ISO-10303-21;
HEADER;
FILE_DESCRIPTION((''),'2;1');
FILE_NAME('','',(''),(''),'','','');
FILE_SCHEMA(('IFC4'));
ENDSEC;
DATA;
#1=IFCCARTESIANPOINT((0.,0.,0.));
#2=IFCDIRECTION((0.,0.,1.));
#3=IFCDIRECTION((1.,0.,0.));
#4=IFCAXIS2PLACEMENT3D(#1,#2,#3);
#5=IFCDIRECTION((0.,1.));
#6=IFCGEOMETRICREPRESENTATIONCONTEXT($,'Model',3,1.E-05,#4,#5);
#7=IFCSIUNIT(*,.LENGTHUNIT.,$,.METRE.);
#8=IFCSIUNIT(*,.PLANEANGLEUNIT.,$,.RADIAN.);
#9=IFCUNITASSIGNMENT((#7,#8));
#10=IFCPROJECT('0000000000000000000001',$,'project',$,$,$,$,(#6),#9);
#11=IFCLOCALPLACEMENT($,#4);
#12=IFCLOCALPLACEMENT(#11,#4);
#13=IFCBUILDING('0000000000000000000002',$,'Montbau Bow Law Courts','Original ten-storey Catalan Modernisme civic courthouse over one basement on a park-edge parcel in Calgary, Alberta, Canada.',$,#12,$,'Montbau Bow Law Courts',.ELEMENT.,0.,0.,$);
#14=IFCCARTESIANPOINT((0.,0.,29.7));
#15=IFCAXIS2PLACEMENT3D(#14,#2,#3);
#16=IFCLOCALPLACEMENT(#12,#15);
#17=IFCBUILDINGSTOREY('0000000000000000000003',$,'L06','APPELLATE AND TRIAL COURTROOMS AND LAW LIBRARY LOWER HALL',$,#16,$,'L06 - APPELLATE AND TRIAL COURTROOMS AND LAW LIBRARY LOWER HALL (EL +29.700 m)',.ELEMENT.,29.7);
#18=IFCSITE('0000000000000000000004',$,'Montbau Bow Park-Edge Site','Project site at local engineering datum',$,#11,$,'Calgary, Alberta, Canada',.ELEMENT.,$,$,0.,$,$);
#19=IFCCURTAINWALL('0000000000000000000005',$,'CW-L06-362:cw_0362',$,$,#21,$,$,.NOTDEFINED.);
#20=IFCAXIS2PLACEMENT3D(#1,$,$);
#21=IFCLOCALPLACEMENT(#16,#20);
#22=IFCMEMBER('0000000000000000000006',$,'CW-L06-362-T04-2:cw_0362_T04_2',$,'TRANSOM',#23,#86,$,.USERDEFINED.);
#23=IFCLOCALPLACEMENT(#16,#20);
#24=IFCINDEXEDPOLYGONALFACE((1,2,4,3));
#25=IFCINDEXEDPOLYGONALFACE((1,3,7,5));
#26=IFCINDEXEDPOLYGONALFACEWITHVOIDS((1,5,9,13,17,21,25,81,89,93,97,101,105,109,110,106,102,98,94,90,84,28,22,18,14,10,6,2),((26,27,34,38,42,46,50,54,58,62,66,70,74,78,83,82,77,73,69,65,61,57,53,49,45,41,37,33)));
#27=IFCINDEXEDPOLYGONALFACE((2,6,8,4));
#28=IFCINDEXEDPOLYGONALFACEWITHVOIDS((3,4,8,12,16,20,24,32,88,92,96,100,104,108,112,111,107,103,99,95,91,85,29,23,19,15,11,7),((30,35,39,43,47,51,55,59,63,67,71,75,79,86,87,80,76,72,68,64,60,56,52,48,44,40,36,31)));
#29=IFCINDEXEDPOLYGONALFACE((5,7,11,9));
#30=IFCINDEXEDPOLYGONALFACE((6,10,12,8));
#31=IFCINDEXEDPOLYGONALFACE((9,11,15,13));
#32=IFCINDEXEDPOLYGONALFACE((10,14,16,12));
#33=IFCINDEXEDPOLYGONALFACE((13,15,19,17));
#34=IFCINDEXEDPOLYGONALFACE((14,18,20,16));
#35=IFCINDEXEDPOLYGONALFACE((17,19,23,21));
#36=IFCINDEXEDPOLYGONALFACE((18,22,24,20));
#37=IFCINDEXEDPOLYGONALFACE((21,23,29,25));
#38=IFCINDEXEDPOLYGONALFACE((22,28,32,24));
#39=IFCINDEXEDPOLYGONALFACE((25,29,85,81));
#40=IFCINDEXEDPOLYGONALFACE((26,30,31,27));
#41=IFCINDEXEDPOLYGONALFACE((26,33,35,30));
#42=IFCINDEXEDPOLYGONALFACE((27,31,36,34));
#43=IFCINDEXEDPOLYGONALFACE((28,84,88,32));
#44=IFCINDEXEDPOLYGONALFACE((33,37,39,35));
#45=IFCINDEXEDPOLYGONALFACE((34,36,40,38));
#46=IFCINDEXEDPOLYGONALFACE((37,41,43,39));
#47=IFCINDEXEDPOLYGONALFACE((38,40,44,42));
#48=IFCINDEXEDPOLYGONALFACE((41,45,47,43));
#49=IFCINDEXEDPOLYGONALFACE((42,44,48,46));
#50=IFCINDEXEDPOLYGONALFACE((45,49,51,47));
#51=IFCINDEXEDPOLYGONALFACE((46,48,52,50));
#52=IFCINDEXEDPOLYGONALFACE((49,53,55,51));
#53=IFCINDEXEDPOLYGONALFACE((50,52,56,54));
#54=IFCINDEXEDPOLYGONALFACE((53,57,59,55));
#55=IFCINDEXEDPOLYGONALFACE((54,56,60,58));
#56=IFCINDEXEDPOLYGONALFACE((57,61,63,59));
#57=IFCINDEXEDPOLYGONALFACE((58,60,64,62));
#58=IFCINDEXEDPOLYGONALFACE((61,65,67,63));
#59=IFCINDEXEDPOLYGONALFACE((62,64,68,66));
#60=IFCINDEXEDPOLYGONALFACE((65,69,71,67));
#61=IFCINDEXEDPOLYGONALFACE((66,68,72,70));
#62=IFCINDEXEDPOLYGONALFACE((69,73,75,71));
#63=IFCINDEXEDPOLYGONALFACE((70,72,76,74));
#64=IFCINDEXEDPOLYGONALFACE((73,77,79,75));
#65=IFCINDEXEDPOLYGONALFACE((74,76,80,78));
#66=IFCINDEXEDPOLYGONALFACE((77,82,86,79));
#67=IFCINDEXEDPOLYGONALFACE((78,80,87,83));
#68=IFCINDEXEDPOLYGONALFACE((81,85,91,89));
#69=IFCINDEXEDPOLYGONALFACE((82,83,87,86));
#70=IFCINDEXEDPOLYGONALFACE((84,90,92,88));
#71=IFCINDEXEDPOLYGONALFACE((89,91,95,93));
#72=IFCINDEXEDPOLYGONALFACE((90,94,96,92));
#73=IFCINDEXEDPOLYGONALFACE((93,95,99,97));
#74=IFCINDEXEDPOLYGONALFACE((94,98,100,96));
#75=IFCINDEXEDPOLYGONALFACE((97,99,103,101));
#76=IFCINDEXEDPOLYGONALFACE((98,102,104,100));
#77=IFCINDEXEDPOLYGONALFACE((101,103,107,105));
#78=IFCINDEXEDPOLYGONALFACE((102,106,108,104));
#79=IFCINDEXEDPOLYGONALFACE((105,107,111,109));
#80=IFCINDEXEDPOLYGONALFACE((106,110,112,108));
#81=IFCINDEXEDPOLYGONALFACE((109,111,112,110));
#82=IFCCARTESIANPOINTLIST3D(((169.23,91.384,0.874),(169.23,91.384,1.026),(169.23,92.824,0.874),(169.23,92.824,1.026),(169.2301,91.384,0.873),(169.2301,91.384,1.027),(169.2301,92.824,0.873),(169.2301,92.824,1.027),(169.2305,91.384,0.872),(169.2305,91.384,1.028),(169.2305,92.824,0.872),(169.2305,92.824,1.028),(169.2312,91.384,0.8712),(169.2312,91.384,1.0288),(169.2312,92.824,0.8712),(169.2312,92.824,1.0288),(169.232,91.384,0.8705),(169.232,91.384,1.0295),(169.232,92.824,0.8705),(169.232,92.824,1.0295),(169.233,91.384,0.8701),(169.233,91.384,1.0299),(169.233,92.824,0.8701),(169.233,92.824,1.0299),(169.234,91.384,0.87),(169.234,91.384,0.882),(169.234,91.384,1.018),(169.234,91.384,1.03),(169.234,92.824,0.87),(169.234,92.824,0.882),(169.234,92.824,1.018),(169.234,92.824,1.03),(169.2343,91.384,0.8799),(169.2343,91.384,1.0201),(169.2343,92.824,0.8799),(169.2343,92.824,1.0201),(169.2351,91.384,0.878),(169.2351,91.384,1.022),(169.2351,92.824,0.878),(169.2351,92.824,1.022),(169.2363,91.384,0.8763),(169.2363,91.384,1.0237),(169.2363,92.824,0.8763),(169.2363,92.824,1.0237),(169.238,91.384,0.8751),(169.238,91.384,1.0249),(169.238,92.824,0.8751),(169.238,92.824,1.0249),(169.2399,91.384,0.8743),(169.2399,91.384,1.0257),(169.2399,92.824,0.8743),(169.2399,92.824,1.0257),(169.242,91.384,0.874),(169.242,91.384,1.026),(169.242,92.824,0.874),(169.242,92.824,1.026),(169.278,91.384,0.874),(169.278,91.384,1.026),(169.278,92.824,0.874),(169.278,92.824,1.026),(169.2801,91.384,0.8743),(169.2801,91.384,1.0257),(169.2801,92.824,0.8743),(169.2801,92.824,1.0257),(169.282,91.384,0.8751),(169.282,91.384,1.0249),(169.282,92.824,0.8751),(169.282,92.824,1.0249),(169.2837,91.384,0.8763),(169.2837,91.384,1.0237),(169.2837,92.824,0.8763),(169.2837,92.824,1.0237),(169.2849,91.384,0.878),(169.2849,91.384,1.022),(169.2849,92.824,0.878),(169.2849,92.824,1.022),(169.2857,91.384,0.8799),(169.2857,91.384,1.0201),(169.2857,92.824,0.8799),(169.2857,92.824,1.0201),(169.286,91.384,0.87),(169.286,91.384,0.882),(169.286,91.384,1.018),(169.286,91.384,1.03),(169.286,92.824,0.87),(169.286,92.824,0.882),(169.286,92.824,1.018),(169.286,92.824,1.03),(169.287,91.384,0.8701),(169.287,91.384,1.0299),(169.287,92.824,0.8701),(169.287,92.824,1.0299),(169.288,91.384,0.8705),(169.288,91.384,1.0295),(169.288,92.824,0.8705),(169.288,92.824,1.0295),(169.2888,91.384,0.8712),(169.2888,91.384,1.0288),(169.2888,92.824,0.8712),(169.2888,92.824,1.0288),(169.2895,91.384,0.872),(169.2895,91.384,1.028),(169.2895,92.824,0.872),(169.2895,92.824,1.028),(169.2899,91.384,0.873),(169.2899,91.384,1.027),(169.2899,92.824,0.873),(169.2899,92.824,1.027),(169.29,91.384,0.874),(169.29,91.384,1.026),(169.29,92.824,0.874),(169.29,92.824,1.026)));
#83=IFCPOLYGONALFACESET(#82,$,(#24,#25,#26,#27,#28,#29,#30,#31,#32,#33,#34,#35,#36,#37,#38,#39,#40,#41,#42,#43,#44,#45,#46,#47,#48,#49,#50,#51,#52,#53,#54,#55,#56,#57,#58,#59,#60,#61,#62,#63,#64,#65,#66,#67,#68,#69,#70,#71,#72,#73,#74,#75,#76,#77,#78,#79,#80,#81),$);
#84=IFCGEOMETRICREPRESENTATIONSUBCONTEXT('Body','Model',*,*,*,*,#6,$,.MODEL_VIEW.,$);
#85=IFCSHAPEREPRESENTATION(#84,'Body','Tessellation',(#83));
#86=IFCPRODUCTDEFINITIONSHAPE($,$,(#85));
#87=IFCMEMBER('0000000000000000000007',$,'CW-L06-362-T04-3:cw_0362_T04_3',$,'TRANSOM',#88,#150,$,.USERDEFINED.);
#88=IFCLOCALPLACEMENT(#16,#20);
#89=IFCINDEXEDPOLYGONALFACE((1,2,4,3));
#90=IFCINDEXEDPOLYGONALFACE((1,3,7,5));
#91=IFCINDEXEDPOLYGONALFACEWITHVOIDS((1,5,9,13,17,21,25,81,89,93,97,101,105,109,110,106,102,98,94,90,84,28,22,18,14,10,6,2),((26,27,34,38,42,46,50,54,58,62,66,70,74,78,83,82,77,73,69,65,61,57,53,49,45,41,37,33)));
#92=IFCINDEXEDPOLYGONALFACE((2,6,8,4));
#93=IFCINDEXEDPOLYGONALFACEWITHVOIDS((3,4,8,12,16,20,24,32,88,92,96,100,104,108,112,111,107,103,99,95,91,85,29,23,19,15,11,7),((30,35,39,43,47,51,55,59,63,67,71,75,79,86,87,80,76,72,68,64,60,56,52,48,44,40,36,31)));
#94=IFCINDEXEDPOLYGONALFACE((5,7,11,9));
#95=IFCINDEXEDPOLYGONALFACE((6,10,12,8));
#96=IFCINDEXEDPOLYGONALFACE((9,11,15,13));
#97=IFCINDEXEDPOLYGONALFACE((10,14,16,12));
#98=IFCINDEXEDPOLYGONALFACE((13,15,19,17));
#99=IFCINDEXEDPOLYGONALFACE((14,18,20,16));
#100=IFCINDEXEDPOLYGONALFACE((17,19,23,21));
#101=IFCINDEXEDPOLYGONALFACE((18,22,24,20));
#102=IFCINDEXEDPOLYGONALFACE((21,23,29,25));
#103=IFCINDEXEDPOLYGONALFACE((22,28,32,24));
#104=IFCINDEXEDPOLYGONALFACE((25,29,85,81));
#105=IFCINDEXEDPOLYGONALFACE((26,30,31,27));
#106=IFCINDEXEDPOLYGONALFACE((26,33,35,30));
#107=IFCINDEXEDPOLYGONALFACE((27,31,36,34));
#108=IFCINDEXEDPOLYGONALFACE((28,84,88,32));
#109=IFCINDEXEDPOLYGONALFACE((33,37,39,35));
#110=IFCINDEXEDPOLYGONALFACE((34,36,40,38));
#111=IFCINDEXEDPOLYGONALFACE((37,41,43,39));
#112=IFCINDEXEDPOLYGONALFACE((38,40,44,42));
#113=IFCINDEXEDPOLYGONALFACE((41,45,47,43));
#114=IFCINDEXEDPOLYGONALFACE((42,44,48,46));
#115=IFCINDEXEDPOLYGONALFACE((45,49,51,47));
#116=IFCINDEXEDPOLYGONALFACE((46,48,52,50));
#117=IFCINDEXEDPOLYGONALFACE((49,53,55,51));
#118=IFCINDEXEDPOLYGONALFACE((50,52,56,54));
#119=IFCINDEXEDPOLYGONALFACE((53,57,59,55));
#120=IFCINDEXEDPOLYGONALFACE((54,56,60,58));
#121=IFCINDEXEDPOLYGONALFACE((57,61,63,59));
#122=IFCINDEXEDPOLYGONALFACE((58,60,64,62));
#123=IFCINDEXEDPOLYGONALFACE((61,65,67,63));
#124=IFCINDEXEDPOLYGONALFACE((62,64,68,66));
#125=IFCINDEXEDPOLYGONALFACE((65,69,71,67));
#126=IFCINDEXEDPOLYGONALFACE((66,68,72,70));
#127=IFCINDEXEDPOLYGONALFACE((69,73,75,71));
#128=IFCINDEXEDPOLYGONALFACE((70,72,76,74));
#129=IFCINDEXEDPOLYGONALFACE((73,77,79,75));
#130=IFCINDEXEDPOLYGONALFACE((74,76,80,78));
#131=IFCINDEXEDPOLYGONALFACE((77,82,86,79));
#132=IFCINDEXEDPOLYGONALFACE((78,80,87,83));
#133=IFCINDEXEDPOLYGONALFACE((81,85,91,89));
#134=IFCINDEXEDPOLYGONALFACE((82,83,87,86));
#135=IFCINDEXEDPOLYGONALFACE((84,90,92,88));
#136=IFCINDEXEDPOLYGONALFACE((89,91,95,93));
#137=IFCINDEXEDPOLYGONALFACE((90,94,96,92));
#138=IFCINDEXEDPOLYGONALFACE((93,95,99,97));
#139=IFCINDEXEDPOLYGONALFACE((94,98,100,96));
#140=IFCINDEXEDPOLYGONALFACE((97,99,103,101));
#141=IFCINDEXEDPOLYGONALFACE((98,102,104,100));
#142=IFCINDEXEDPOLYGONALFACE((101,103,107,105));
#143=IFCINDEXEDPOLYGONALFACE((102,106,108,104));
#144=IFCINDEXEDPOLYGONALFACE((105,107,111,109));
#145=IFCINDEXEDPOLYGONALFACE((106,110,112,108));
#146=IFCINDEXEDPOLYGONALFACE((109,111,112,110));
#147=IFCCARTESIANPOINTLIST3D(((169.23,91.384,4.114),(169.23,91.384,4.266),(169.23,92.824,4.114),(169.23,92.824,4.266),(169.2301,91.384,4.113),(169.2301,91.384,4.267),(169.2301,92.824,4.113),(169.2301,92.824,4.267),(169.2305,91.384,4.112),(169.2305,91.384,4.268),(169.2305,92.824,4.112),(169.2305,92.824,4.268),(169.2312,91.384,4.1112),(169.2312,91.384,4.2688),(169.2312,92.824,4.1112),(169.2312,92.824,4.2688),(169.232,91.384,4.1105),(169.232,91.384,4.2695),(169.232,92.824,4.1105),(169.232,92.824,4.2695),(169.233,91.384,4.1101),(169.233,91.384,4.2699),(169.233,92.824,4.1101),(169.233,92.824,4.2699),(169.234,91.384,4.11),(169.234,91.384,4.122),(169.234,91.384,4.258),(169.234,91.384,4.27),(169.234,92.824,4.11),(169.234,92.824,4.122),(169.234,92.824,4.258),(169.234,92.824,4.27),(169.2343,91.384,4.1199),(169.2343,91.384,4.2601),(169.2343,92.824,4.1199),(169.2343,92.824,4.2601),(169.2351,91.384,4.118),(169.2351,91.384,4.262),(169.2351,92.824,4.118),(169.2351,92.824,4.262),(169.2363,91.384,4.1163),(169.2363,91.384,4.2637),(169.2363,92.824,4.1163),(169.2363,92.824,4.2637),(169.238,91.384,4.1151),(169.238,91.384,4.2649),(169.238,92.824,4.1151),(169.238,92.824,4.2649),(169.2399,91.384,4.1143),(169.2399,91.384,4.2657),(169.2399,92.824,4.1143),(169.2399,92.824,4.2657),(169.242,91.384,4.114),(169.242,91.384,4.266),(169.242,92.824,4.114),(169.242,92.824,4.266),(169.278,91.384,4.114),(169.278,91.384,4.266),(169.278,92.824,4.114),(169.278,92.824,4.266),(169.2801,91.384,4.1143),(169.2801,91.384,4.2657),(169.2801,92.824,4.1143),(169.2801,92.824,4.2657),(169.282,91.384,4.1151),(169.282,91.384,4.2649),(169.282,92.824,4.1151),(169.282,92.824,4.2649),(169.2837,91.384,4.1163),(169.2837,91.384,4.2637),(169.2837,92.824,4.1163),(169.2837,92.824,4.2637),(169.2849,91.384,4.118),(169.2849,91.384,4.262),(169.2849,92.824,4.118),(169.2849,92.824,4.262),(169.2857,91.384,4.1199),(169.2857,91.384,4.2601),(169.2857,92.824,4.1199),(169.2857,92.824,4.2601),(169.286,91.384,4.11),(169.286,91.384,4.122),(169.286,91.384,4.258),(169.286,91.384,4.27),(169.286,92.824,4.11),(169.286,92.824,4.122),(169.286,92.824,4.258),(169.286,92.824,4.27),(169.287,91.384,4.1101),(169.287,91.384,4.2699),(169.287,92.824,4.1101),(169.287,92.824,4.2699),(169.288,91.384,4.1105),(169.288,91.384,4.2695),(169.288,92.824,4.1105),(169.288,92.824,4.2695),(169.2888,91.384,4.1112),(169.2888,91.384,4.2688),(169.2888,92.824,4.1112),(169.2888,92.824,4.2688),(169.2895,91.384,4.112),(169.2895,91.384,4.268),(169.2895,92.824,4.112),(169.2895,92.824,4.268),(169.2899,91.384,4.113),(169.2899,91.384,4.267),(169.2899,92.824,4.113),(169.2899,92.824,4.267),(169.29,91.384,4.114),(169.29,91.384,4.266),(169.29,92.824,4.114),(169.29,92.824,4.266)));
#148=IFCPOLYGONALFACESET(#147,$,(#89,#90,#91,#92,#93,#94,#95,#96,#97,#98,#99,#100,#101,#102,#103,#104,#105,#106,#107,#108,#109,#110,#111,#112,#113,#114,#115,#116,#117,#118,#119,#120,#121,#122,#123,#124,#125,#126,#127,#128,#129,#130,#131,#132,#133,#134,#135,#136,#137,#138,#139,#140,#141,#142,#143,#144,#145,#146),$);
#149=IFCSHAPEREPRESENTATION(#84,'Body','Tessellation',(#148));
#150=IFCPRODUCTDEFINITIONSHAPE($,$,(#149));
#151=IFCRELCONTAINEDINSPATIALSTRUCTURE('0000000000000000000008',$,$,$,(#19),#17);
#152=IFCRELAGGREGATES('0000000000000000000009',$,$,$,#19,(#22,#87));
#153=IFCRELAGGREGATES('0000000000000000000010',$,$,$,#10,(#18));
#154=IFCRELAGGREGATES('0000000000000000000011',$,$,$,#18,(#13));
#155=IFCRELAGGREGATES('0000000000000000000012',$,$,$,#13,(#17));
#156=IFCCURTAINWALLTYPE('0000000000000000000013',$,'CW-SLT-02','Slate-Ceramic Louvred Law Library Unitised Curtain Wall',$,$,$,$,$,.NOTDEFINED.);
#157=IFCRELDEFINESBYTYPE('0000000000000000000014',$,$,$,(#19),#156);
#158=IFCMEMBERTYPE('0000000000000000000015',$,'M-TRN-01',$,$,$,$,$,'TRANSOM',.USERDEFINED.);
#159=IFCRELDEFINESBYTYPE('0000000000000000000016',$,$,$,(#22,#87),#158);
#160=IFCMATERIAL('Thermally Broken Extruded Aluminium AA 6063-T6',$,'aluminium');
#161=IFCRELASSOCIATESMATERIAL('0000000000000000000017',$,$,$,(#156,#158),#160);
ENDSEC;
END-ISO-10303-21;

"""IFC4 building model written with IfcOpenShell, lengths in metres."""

from ifc_helpers import new_model, si_unit, direction, frame, origin_with_axes, origin_2d_with_axis, place, context, subcontext, project, spatial, hollow_rectangle, extrude, material, material_profile, profile_set, type_object, element, aggregate, save


model = new_model("IFC4")

# Units and contexts
model_context = context("Model", 3, precision=1e-05, world=origin_with_axes(), true_north=direction((0.0, 1.0)))
body_context = subcontext(model_context, "Body", "Model", "MODEL_VIEW")
ifc_project = project(units=[si_unit("LENGTHUNIT", "METRE"), si_unit("PLANEANGLEUNIT", "RADIAN")], contexts=[model_context])

# Site, building, storey
site_placement = place(None, origin_with_axes())
site = spatial("IfcSite", under=ifc_project, at=site_placement, Name="Montbau Bow Park-Edge Site", Description="Project site at local engineering datum", LongName="Calgary, Alberta, Canada", CompositionType="ELEMENT", RefElevation=0.0)
building_placement = place(site_placement, origin_with_axes())
building = spatial("IfcBuilding", under=site, at=building_placement, Name="Montbau Bow Law Courts", Description="Original ten-storey Catalan Modernisme civic courthouse over one basement on a park-edge parcel in Calgary, Alberta, Canada.", LongName="Montbau Bow Law Courts", CompositionType="ELEMENT", ElevationOfRefHeight=0.0, ElevationOfTerrain=0.0)
storey_placement = place(building_placement, frame((0.0, 0.0, 29.7), z_axis=(0.0, 0.0, 1.0), x_axis=(1.0, 0.0, 0.0)))
storey = spatial("IfcBuildingStorey", under=building, at=storey_placement, Name="L06", Description="APPELLATE AND TRIAL COURTROOMS AND LAW LIBRARY LOWER HALL", LongName="L06 - APPELLATE AND TRIAL COURTROOMS AND LAW LIBRARY LOWER HALL (EL +29.700 m)", CompositionType="ELEMENT", Elevation=29.7)

# Curtain wall, members
ifc_material_1 = material(Name="Thermally Broken Extruded Aluminium AA 6063-T6", Category="aluminium")
curtain_wall_type = type_object("IfcCurtainWallType", Name="CW-SLT-02", Description="Slate-Ceramic Louvred Law Library Unitised Curtain Wall", PredefinedType="NOTDEFINED", material=ifc_material_1)
curtain_wall_placement = place(None, frame((169.26, 86.84, 29.7), z_axis=(0.0, 0.0, 1.0), x_axis=(1.0, 0.0, 0.0)))
curtain_wall = element("IfcCurtainWall", 1, at=curtain_wall_placement, inside=storey, type_object=curtain_wall_type, Name="CW-L06-362:cw_0362", PredefinedType="NOTDEFINED")
ifc_material_profile_1 = material_profile(ifc_material_1, hollow_rectangle(XDim=0.06, YDim=0.16, WallThickness=0.004, InnerFilletRadius=0.008, OuterFilletRadius=0.004, at=origin_2d_with_axis()), Name="CWT-160X60", Category="Main", Priority=0)
ifc_profile_set_1 = profile_set([ifc_material_profile_1], Name="Thermally Broken Extruded Aluminium AA 6063-T6")
member_type_1 = type_object("IfcMemberType", Name="M-TRN-01", ElementType="TRANSOM", PredefinedType="USERDEFINED", material=ifc_profile_set_1)
member_1_placement = place(None, frame((169.26, 91.384, 30.65), z_axis=(0.0, 1.0, 0.0), x_axis=(-1.0, 0.0, 0.0)))
member_1 = element("IfcMember", 2, at=member_1_placement, type_object=member_type_1, Name="CW-L06-362-T04-2:cw_0362_T04_2", ObjectType="TRANSOM", PredefinedType="USERDEFINED", context=body_context, shape_type="SweptSolid", body=[
    extrude(hollow_rectangle(XDim=0.06, YDim=0.16, WallThickness=0.004, InnerFilletRadius=0.008, OuterFilletRadius=0.004, at=origin_2d_with_axis()), origin_with_axes(), (0.0, 0.0, 1.0), 1.44),
])
member_2_placement = place(None, frame((169.26, 91.384, 33.89), z_axis=(0.0, 1.0, 0.0), x_axis=(-1.0, 0.0, 0.0)))
member_2 = element("IfcMember", 3, at=member_2_placement, type_object=member_type_1, Name="CW-L06-362-T04-3:cw_0362_T04_3", ObjectType="TRANSOM", PredefinedType="USERDEFINED", context=body_context, shape_type="SweptSolid", body=[
    extrude(hollow_rectangle(XDim=0.06, YDim=0.16, WallThickness=0.004, InnerFilletRadius=0.008, OuterFilletRadius=0.004, at=origin_2d_with_axis()), origin_with_axes(), (0.0, 0.0, 1.0), 1.44),
])
aggregate(curtain_wall, [member_1, member_2])

save(model, "model.ifc")
